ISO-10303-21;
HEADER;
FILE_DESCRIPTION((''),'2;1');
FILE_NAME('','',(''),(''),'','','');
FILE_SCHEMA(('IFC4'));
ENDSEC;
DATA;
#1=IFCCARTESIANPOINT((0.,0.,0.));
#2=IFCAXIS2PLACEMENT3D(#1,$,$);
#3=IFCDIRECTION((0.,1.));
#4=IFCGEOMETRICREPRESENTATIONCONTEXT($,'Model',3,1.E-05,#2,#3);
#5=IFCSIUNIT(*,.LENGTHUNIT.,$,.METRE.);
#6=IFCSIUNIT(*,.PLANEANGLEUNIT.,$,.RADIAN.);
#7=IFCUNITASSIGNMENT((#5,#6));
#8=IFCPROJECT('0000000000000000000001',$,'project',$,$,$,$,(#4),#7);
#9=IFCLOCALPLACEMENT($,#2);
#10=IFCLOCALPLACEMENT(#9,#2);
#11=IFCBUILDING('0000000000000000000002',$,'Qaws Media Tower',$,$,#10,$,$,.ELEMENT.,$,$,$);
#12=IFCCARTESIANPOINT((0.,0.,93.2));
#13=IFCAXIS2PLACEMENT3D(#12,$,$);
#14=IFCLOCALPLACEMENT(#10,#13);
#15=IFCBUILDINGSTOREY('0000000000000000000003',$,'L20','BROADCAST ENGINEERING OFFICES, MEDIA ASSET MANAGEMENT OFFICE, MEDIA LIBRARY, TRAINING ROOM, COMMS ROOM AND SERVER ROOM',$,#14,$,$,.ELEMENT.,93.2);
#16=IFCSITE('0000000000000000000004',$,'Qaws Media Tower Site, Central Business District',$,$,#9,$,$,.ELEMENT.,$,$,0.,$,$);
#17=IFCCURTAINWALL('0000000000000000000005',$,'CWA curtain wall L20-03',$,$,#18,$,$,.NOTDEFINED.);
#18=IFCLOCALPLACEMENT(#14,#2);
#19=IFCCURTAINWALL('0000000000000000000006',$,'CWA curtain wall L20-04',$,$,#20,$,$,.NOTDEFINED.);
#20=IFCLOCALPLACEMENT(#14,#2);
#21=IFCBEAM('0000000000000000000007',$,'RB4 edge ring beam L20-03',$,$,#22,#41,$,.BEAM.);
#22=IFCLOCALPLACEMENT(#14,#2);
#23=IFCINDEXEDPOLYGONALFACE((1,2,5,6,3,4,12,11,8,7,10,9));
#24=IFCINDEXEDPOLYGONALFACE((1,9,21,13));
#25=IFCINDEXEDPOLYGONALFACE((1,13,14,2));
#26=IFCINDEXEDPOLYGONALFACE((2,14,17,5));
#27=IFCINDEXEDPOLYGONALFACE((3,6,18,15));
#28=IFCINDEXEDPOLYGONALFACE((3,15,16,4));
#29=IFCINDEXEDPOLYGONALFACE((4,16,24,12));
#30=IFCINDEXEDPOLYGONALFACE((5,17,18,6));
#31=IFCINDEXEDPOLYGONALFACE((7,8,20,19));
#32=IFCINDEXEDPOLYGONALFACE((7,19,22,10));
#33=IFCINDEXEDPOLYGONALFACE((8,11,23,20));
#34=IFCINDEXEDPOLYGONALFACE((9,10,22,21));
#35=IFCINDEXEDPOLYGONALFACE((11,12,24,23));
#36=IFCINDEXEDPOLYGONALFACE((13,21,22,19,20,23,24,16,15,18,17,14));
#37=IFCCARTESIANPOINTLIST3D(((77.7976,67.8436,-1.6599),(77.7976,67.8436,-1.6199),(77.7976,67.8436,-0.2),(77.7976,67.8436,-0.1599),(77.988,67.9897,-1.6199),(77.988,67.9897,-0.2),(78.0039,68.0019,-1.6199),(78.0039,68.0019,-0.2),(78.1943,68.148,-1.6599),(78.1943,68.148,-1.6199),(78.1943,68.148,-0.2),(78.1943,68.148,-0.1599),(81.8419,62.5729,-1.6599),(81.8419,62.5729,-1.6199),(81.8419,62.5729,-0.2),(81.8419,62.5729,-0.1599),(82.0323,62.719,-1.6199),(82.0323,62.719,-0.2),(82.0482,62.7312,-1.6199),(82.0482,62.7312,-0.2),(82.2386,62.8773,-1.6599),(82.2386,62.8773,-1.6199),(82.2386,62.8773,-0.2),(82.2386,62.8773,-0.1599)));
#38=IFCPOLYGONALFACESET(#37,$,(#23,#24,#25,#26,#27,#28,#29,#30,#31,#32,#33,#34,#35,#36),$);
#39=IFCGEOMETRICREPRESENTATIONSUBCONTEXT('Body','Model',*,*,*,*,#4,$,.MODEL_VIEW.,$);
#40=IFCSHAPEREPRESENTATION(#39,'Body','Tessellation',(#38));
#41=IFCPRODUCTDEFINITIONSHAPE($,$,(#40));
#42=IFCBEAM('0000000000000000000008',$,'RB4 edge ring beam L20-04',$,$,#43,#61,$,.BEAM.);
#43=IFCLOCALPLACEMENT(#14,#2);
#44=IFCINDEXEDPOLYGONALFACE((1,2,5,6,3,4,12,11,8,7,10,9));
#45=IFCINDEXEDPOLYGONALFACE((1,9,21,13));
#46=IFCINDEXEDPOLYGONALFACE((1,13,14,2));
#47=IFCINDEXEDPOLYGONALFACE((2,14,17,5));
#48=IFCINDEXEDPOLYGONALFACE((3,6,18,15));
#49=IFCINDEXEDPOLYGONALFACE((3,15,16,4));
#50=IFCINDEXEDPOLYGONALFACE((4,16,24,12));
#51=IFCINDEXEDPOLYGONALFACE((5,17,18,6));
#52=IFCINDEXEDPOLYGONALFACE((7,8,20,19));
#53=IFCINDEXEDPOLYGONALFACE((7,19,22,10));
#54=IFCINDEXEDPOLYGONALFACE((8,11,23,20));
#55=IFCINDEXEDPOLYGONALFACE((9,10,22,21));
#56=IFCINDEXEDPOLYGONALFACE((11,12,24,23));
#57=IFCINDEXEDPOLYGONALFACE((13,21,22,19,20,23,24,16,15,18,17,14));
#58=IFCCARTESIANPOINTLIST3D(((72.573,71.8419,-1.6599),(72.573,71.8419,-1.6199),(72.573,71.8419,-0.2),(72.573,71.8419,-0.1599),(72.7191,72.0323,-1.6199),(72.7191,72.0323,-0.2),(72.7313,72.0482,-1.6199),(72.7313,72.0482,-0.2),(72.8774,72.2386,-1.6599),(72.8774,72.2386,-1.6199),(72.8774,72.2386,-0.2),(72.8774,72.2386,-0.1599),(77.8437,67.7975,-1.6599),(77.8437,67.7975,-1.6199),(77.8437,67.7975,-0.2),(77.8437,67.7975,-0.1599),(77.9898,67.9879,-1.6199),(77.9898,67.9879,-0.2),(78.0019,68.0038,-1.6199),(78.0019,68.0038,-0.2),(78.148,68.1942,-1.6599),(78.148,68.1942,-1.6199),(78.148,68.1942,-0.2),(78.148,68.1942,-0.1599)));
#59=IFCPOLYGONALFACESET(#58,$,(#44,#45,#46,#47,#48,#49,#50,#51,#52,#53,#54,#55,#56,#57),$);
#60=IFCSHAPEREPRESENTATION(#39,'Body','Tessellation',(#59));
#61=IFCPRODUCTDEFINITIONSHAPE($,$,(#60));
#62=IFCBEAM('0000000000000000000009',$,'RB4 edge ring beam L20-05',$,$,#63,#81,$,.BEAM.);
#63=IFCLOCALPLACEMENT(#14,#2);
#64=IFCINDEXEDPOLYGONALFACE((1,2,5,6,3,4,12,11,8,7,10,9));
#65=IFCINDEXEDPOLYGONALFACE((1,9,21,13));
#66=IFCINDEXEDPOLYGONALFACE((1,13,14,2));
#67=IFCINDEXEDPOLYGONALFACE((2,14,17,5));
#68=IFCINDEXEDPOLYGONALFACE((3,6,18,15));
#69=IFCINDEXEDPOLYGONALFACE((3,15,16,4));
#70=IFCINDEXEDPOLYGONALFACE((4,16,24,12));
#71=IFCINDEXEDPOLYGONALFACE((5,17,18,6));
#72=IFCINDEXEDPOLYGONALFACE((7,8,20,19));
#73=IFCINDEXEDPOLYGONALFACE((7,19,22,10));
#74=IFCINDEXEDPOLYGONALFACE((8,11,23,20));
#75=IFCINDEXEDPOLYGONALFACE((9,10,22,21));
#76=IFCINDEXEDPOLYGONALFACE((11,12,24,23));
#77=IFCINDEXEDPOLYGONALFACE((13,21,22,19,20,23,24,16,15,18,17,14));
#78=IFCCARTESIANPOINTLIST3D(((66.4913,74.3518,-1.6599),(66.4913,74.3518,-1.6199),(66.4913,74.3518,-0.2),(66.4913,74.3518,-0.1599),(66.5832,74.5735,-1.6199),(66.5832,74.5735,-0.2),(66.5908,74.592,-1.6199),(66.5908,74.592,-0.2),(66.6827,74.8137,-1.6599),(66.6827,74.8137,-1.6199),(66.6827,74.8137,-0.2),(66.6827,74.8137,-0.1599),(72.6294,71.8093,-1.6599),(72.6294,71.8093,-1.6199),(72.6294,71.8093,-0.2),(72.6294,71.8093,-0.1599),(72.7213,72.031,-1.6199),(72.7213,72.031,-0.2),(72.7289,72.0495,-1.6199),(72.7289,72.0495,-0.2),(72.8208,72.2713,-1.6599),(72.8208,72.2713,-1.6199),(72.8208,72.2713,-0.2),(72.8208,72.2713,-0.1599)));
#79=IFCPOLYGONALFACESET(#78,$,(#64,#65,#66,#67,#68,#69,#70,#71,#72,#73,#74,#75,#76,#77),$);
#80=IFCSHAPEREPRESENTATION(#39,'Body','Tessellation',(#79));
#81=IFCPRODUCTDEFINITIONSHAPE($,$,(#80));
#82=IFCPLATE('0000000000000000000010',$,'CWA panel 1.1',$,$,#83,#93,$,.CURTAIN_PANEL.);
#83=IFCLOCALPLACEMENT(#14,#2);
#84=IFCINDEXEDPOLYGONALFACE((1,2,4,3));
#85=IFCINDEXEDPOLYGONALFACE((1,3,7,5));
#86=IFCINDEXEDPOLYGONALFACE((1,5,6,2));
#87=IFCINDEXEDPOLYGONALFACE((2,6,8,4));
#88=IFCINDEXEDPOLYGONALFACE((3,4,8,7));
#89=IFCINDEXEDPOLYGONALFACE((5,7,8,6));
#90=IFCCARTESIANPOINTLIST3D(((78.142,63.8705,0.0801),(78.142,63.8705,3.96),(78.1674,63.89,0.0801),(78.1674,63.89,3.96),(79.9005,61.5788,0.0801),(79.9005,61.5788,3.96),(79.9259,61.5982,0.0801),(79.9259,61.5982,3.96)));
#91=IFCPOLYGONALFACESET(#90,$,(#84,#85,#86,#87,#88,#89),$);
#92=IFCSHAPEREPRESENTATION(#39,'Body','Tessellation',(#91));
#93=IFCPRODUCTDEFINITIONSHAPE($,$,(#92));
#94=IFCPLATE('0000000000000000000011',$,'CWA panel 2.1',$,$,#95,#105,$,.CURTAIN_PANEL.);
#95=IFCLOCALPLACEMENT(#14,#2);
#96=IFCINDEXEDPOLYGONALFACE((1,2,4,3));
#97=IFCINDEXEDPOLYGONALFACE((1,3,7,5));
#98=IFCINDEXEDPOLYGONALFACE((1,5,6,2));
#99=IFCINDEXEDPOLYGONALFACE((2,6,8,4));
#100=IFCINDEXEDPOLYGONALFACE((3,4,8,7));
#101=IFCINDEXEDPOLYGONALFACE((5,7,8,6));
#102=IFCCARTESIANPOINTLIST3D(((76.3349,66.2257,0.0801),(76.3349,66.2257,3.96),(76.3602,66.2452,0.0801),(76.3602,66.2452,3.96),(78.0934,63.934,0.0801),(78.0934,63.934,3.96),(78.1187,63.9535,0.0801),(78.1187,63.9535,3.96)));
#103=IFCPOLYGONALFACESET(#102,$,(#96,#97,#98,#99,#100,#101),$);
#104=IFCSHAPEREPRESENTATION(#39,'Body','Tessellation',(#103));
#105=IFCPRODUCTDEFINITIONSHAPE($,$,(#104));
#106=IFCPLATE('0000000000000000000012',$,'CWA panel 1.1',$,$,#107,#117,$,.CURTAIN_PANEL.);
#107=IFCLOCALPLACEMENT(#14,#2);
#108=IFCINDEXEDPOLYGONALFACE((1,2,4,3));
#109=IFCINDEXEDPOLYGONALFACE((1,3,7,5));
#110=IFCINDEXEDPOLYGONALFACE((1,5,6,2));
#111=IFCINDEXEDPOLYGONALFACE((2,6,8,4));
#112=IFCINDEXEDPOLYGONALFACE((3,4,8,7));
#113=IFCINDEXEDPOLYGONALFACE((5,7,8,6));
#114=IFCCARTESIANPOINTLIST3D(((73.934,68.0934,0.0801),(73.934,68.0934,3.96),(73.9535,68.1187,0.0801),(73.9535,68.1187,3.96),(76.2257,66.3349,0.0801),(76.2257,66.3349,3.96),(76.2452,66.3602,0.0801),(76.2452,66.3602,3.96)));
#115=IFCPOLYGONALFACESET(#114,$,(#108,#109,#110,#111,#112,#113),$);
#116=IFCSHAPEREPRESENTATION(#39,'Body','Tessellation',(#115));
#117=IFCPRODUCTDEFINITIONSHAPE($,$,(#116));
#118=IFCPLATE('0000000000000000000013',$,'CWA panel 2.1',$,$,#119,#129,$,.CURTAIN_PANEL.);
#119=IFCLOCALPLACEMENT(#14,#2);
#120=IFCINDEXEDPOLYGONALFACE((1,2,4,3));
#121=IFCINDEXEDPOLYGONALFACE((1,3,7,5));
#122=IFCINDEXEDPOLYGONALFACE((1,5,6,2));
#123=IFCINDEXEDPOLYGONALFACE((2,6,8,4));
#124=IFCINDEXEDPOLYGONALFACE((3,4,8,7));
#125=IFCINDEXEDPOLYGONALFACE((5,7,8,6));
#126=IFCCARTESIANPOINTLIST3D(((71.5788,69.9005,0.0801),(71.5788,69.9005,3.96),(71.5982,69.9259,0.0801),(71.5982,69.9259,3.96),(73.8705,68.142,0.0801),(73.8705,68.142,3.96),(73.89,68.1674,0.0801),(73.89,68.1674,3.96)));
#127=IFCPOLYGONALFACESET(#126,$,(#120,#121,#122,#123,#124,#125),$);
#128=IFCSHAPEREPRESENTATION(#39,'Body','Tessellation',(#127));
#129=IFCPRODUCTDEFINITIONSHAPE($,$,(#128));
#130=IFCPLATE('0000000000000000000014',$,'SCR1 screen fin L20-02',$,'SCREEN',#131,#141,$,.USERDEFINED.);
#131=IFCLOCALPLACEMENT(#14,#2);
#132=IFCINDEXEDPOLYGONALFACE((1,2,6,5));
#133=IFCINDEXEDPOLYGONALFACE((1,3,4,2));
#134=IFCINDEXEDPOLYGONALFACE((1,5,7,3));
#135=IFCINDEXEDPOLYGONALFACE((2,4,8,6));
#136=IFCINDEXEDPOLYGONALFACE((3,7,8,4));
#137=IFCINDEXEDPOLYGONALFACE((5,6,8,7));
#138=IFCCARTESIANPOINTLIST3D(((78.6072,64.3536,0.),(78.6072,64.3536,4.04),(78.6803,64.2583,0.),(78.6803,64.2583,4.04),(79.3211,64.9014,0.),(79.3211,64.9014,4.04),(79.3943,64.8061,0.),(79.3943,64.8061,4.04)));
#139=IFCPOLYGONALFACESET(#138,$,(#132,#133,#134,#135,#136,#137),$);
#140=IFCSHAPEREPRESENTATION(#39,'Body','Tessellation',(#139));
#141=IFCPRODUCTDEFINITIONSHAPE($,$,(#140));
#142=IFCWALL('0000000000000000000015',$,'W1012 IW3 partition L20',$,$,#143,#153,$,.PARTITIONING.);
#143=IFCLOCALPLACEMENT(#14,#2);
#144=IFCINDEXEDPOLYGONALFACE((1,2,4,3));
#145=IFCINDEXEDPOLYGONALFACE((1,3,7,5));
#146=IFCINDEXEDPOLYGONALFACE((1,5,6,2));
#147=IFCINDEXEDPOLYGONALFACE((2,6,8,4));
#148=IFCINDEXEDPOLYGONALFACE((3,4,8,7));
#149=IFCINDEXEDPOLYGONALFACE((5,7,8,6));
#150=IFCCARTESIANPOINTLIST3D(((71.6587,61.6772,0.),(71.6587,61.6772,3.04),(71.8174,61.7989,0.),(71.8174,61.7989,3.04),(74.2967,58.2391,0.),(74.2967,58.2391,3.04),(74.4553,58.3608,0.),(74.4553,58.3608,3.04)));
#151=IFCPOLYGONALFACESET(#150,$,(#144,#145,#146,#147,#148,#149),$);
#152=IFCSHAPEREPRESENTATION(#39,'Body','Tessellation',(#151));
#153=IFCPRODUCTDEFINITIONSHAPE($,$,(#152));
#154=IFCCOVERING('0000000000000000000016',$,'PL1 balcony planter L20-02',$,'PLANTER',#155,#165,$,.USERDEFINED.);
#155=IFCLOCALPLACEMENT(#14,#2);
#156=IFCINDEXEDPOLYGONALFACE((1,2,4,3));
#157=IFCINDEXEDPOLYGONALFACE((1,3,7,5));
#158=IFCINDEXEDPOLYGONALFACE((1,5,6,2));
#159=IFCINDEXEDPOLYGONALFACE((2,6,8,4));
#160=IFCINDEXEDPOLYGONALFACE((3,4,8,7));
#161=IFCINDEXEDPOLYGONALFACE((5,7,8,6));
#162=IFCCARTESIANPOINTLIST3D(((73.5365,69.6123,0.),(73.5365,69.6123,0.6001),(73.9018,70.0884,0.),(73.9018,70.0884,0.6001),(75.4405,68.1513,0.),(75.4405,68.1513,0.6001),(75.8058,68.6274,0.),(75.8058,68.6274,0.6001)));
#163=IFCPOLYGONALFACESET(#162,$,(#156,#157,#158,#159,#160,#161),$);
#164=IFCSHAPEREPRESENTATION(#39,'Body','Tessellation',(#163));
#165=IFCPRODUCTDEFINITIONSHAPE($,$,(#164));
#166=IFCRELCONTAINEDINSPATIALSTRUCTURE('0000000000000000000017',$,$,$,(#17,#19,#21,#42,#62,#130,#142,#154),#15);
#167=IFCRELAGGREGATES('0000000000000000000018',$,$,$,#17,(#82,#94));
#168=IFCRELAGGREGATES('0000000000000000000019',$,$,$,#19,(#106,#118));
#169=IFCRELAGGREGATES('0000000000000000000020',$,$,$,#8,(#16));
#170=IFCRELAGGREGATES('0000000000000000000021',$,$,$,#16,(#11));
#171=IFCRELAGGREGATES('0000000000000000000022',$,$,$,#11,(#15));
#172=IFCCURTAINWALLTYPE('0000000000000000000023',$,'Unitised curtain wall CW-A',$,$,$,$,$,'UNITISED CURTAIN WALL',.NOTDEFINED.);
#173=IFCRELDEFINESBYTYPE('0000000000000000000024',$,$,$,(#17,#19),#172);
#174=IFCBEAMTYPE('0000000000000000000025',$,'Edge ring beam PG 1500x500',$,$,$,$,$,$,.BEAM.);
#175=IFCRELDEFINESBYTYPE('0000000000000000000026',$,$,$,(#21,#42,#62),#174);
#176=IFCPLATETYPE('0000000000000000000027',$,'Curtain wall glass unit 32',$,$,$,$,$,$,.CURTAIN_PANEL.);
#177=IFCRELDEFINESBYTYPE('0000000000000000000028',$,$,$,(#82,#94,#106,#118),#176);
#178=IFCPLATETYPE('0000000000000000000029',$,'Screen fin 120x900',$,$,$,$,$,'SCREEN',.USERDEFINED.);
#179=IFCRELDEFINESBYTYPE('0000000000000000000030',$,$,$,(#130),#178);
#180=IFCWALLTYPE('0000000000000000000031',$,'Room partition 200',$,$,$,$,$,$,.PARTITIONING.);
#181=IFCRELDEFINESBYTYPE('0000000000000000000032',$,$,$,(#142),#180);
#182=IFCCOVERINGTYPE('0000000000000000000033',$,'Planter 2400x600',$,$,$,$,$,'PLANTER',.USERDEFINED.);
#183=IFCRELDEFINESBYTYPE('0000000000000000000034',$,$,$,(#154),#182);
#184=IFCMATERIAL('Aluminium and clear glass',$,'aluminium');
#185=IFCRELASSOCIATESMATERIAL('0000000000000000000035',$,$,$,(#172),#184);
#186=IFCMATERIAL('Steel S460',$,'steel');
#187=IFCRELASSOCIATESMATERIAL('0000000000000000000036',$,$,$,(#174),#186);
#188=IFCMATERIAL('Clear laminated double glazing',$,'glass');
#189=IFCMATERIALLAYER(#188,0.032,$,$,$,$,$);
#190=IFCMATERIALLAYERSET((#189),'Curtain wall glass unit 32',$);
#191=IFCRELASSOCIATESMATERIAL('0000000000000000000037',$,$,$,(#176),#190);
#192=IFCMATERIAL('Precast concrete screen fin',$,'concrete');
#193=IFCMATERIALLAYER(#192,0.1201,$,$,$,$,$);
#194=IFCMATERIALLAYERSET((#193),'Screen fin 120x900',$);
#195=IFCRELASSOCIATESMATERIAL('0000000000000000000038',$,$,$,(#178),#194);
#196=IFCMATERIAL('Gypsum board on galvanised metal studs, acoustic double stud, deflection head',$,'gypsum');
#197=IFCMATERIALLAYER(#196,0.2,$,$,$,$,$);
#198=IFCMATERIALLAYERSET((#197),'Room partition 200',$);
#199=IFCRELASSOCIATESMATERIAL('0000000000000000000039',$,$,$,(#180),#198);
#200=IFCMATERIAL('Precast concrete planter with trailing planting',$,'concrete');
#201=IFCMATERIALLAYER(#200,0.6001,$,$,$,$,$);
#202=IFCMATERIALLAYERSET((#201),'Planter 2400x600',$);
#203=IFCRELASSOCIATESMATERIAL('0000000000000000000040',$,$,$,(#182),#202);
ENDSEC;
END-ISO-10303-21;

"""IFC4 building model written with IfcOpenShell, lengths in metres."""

from ifc_helpers import new_model, si_unit, direction, frame, frame_2d, origin, origin_2d, place, context, subcontext, project, spatial, rectangle, i_section, extrude, material, layer, layer_set, material_profile, profile_set, type_object, element, aggregate, save


model = new_model("IFC4")

# Units and contexts
model_context = context("Model", 3, precision=1e-05, world=origin(), true_north=direction((0.0, 1.0)))
body_context = subcontext(model_context, "Body", "Model", "MODEL_VIEW")
ifc_project = project(units=[si_unit("LENGTHUNIT", "METRE"), si_unit("PLANEANGLEUNIT", "RADIAN")], contexts=[model_context])

# Site, building, storey
site_placement = place(None, origin())
site = spatial("IfcSite", under=ifc_project, at=site_placement, Name="Qaws Media Tower Site, Central Business District", CompositionType="ELEMENT", RefElevation=0.0)
building_placement = place(site_placement, origin())
building = spatial("IfcBuilding", under=site, at=building_placement, Name="Qaws Media Tower", CompositionType="ELEMENT")
storey_placement = place(building_placement, frame((0.0, 0.0, 93.2)))
storey = spatial("IfcBuildingStorey", under=building, at=storey_placement, Name="L20", Description="BROADCAST ENGINEERING OFFICES, MEDIA ASSET MANAGEMENT OFFICE, MEDIA LIBRARY, TRAINING ROOM, COMMS ROOM AND SERVER ROOM", CompositionType="ELEMENT", Elevation=93.2)

# Curtain walls
ifc_material_1 = material(Name="Aluminium and clear glass", Category="aluminium")
curtain_wall_type = type_object("IfcCurtainWallType", Name="Unitised curtain wall CW-A", ElementType="UNITISED CURTAIN WALL", PredefinedType="NOTDEFINED", material=ifc_material_1)
curtain_wall_1_placement = place(storey_placement, origin())
curtain_wall_1 = element("IfcCurtainWall", 1, at=curtain_wall_1_placement, inside=storey, type_object=curtain_wall_type, Name="CWA curtain wall L20-03", PredefinedType="NOTDEFINED")
curtain_wall_2_placement = place(storey_placement, origin())
curtain_wall_2 = element("IfcCurtainWall", 2, at=curtain_wall_2_placement, inside=storey, type_object=curtain_wall_type, Name="CWA curtain wall L20-04", PredefinedType="NOTDEFINED")

# Beams
ifc_material_2 = material(Name="Steel S460", Category="steel")
ifc_material_profile_1 = material_profile(ifc_material_2, i_section(OverallWidth=0.5, OverallDepth=1.5, WebThickness=0.02, FlangeThickness=0.04, at=origin_2d()), Name="PG 1500x500")
ifc_profile_set_1 = profile_set([ifc_material_profile_1], Name="Steel S460")
beam_type = type_object("IfcBeamType", Name="Edge ring beam PG 1500x500", PredefinedType="BEAM", material=ifc_profile_set_1)
for number, where, z_axis, x_axis, name in (
    (3, (82.0403, 62.7251, -0.9099), (-0.608766, 0.79335, 0.0), (-0.79335, -0.608766, 0.0), "RB4 edge ring beam L20-03"),
    (4, (77.9958, 67.9958, -0.9099), (-0.79335, 0.608766, 0.0), (-0.608766, -0.79335, 0.0), "RB4 edge ring beam L20-04"),
):
    element("IfcBeam", number, at=place(storey_placement, frame(where, z_axis=z_axis, x_axis=x_axis)), inside=storey, type_object=beam_type, Name=name, PredefinedType="BEAM", context=body_context, shape_type="SweptSolid", body=[
        extrude(i_section(OverallWidth=0.5, OverallDepth=1.5, WebThickness=0.02, FlangeThickness=0.04, at=origin_2d()), origin(), (0.0, 0.0, 1.0), 6.6436),
    ])
beam_placement = place(storey_placement, frame((72.7251, 72.0403, -0.9099), z_axis=(-0.923882, 0.382678, 0.0), x_axis=(-0.382678, -0.923882, 0.0)))
element("IfcBeam", 5, at=beam_placement, inside=storey, type_object=beam_type, Name="RB4 edge ring beam L20-05", PredefinedType="BEAM", context=body_context, shape_type="SweptSolid", body=[
    extrude(i_section(OverallWidth=0.5, OverallDepth=1.5, WebThickness=0.02, FlangeThickness=0.04, at=origin_2d()), origin(), (0.0, 0.0, 1.0), 6.6438),
])

# Plates
ifc_material_3 = material(Name="Clear laminated double glazing", Category="glass")
ifc_layer_1 = layer(ifc_material_3, 0.032)
ifc_layer_set_1 = layer_set([ifc_layer_1], Name="Curtain wall glass unit 32")
plate_type_1 = type_object("IfcPlateType", Name="Curtain wall glass unit 32", PredefinedType="CURTAIN_PANEL", material=ifc_layer_set_1)
plate_1_placement = place(storey_placement, frame((79.0339, 62.7344, 0.0801), z_axis=(0.0, 0.0, 1.0), x_axis=(-0.608762, 0.793353, 0.0)))
plate_1 = element("IfcPlate", 6, at=plate_1_placement, type_object=plate_type_1, Name="CWA panel 1.1", PredefinedType="CURTAIN_PANEL", context=body_context, shape_type="SweptSolid", body=[
    extrude(rectangle(XDim=2.8887, YDim=0.032, at=origin_2d()), origin(), (0.0, 0.0, 1.0), 3.8799),
])
plate_2_placement = place(storey_placement, frame((77.2268, 65.0896, 0.0801), z_axis=(0.0, 0.0, 1.0), x_axis=(-0.608762, 0.793353, 0.0)))
plate_2 = element("IfcPlate", 7, at=plate_2_placement, type_object=plate_type_1, Name="CWA panel 2.1", PredefinedType="CURTAIN_PANEL", context=body_context, shape_type="SweptSolid", body=[
    extrude(rectangle(XDim=2.8887, YDim=0.032, at=origin_2d()), origin(), (0.0, 0.0, 1.0), 3.8799),
])
aggregate(curtain_wall_1, [plate_1, plate_2])
plate_3_placement = place(storey_placement, frame((75.0896, 67.2268, 0.0801), z_axis=(0.0, 0.0, 1.0), x_axis=(-0.793353, 0.608762, 0.0)))
plate_3 = element("IfcPlate", 8, at=plate_3_placement, type_object=plate_type_1, Name="CWA panel 1.1", PredefinedType="CURTAIN_PANEL", context=body_context, shape_type="SweptSolid", body=[
    extrude(rectangle(XDim=2.8887, YDim=0.032, at=origin_2d()), origin(), (0.0, 0.0, 1.0), 3.8799),
])
plate_4_placement = place(storey_placement, frame((72.7344, 69.0339, 0.0801), z_axis=(0.0, 0.0, 1.0), x_axis=(-0.793353, 0.608762, 0.0)))
plate_4 = element("IfcPlate", 9, at=plate_4_placement, type_object=plate_type_1, Name="CWA panel 2.1", PredefinedType="CURTAIN_PANEL", context=body_context, shape_type="SweptSolid", body=[
    extrude(rectangle(XDim=2.8887, YDim=0.032, at=origin_2d()), origin(), (0.0, 0.0, 1.0), 3.8799),
])
aggregate(curtain_wall_2, [plate_3, plate_4])
ifc_material_4 = material(Name="Precast concrete screen fin", Category="concrete")
ifc_layer_2 = layer(ifc_material_4, 0.1201)
ifc_layer_set_2 = layer_set([ifc_layer_2], Name="Screen fin 120x900")
plate_type_2 = type_object("IfcPlateType", Name="Screen fin 120x900", ElementType="SCREEN", PredefinedType="USERDEFINED", material=ifc_layer_set_2)
plate_5_placement = place(storey_placement, frame((79.0007, 64.5798, 0.0), z_axis=(0.0, 0.0, 1.0), x_axis=(0.793353, 0.608761, 0.0)))
element("IfcPlate", 10, at=plate_5_placement, inside=storey, type_object=plate_type_2, Name="SCR1 screen fin L20-02", ObjectType="SCREEN", PredefinedType="USERDEFINED", context=body_context, shape_type="SweptSolid", body=[
    extrude(rectangle(XDim=0.8999, YDim=0.1201, at=origin_2d()), origin(), (0.0, 0.0, 1.0), 4.04),
])

# Wall
ifc_material_5 = material(Name="Gypsum board on galvanised metal studs, acoustic double stud, deflection head", Category="gypsum")
ifc_layer_3 = layer(ifc_material_5, 0.2)
ifc_layer_set_3 = layer_set([ifc_layer_3], Name="Room partition 200")
wall_type = type_object("IfcWallType", Name="Room partition 200", PredefinedType="PARTITIONING", material=ifc_layer_set_3)
wall_placement = place(storey_placement, frame((71.738, 61.738, 0.0), z_axis=(0.0, 0.0, 1.0), x_axis=(0.608744, -0.793367, 0.0)))
element("IfcWall", 11, at=wall_placement, inside=storey, type_object=wall_type, Name="W1012 IW3 partition L20", PredefinedType="PARTITIONING", context=body_context, shape_type="SweptSolid", body=[
    extrude(rectangle(XDim=4.3335, YDim=0.2, at=frame_2d((2.1667, 0.0))), origin(), (0.0, 0.0, 1.0), 3.04),
])

# Covering
ifc_material_6 = material(Name="Precast concrete planter with trailing planting", Category="concrete")
ifc_layer_4 = layer(ifc_material_6, 0.6001)
ifc_layer_set_4 = layer_set([ifc_layer_4], Name="Planter 2400x600")
covering_type = type_object("IfcCoveringType", Name="Planter 2400x600", ElementType="PLANTER", PredefinedType="USERDEFINED", material=ifc_layer_set_4)
covering_placement = place(storey_placement, frame((74.6711, 69.1199, 0.0), z_axis=(0.0, 0.0, 1.0), x_axis=(-0.793353, 0.608761, 0.0)))
element("IfcCovering", 12, at=covering_placement, inside=storey, type_object=covering_type, Name="PL1 balcony planter L20-02", ObjectType="PLANTER", PredefinedType="USERDEFINED", context=body_context, shape_type="SweptSolid", body=[
    extrude(rectangle(XDim=2.3999, YDim=0.6001, at=origin_2d()), origin(), (0.0, 0.0, 1.0), 0.6001),
])

save(model, "model.ifc")
